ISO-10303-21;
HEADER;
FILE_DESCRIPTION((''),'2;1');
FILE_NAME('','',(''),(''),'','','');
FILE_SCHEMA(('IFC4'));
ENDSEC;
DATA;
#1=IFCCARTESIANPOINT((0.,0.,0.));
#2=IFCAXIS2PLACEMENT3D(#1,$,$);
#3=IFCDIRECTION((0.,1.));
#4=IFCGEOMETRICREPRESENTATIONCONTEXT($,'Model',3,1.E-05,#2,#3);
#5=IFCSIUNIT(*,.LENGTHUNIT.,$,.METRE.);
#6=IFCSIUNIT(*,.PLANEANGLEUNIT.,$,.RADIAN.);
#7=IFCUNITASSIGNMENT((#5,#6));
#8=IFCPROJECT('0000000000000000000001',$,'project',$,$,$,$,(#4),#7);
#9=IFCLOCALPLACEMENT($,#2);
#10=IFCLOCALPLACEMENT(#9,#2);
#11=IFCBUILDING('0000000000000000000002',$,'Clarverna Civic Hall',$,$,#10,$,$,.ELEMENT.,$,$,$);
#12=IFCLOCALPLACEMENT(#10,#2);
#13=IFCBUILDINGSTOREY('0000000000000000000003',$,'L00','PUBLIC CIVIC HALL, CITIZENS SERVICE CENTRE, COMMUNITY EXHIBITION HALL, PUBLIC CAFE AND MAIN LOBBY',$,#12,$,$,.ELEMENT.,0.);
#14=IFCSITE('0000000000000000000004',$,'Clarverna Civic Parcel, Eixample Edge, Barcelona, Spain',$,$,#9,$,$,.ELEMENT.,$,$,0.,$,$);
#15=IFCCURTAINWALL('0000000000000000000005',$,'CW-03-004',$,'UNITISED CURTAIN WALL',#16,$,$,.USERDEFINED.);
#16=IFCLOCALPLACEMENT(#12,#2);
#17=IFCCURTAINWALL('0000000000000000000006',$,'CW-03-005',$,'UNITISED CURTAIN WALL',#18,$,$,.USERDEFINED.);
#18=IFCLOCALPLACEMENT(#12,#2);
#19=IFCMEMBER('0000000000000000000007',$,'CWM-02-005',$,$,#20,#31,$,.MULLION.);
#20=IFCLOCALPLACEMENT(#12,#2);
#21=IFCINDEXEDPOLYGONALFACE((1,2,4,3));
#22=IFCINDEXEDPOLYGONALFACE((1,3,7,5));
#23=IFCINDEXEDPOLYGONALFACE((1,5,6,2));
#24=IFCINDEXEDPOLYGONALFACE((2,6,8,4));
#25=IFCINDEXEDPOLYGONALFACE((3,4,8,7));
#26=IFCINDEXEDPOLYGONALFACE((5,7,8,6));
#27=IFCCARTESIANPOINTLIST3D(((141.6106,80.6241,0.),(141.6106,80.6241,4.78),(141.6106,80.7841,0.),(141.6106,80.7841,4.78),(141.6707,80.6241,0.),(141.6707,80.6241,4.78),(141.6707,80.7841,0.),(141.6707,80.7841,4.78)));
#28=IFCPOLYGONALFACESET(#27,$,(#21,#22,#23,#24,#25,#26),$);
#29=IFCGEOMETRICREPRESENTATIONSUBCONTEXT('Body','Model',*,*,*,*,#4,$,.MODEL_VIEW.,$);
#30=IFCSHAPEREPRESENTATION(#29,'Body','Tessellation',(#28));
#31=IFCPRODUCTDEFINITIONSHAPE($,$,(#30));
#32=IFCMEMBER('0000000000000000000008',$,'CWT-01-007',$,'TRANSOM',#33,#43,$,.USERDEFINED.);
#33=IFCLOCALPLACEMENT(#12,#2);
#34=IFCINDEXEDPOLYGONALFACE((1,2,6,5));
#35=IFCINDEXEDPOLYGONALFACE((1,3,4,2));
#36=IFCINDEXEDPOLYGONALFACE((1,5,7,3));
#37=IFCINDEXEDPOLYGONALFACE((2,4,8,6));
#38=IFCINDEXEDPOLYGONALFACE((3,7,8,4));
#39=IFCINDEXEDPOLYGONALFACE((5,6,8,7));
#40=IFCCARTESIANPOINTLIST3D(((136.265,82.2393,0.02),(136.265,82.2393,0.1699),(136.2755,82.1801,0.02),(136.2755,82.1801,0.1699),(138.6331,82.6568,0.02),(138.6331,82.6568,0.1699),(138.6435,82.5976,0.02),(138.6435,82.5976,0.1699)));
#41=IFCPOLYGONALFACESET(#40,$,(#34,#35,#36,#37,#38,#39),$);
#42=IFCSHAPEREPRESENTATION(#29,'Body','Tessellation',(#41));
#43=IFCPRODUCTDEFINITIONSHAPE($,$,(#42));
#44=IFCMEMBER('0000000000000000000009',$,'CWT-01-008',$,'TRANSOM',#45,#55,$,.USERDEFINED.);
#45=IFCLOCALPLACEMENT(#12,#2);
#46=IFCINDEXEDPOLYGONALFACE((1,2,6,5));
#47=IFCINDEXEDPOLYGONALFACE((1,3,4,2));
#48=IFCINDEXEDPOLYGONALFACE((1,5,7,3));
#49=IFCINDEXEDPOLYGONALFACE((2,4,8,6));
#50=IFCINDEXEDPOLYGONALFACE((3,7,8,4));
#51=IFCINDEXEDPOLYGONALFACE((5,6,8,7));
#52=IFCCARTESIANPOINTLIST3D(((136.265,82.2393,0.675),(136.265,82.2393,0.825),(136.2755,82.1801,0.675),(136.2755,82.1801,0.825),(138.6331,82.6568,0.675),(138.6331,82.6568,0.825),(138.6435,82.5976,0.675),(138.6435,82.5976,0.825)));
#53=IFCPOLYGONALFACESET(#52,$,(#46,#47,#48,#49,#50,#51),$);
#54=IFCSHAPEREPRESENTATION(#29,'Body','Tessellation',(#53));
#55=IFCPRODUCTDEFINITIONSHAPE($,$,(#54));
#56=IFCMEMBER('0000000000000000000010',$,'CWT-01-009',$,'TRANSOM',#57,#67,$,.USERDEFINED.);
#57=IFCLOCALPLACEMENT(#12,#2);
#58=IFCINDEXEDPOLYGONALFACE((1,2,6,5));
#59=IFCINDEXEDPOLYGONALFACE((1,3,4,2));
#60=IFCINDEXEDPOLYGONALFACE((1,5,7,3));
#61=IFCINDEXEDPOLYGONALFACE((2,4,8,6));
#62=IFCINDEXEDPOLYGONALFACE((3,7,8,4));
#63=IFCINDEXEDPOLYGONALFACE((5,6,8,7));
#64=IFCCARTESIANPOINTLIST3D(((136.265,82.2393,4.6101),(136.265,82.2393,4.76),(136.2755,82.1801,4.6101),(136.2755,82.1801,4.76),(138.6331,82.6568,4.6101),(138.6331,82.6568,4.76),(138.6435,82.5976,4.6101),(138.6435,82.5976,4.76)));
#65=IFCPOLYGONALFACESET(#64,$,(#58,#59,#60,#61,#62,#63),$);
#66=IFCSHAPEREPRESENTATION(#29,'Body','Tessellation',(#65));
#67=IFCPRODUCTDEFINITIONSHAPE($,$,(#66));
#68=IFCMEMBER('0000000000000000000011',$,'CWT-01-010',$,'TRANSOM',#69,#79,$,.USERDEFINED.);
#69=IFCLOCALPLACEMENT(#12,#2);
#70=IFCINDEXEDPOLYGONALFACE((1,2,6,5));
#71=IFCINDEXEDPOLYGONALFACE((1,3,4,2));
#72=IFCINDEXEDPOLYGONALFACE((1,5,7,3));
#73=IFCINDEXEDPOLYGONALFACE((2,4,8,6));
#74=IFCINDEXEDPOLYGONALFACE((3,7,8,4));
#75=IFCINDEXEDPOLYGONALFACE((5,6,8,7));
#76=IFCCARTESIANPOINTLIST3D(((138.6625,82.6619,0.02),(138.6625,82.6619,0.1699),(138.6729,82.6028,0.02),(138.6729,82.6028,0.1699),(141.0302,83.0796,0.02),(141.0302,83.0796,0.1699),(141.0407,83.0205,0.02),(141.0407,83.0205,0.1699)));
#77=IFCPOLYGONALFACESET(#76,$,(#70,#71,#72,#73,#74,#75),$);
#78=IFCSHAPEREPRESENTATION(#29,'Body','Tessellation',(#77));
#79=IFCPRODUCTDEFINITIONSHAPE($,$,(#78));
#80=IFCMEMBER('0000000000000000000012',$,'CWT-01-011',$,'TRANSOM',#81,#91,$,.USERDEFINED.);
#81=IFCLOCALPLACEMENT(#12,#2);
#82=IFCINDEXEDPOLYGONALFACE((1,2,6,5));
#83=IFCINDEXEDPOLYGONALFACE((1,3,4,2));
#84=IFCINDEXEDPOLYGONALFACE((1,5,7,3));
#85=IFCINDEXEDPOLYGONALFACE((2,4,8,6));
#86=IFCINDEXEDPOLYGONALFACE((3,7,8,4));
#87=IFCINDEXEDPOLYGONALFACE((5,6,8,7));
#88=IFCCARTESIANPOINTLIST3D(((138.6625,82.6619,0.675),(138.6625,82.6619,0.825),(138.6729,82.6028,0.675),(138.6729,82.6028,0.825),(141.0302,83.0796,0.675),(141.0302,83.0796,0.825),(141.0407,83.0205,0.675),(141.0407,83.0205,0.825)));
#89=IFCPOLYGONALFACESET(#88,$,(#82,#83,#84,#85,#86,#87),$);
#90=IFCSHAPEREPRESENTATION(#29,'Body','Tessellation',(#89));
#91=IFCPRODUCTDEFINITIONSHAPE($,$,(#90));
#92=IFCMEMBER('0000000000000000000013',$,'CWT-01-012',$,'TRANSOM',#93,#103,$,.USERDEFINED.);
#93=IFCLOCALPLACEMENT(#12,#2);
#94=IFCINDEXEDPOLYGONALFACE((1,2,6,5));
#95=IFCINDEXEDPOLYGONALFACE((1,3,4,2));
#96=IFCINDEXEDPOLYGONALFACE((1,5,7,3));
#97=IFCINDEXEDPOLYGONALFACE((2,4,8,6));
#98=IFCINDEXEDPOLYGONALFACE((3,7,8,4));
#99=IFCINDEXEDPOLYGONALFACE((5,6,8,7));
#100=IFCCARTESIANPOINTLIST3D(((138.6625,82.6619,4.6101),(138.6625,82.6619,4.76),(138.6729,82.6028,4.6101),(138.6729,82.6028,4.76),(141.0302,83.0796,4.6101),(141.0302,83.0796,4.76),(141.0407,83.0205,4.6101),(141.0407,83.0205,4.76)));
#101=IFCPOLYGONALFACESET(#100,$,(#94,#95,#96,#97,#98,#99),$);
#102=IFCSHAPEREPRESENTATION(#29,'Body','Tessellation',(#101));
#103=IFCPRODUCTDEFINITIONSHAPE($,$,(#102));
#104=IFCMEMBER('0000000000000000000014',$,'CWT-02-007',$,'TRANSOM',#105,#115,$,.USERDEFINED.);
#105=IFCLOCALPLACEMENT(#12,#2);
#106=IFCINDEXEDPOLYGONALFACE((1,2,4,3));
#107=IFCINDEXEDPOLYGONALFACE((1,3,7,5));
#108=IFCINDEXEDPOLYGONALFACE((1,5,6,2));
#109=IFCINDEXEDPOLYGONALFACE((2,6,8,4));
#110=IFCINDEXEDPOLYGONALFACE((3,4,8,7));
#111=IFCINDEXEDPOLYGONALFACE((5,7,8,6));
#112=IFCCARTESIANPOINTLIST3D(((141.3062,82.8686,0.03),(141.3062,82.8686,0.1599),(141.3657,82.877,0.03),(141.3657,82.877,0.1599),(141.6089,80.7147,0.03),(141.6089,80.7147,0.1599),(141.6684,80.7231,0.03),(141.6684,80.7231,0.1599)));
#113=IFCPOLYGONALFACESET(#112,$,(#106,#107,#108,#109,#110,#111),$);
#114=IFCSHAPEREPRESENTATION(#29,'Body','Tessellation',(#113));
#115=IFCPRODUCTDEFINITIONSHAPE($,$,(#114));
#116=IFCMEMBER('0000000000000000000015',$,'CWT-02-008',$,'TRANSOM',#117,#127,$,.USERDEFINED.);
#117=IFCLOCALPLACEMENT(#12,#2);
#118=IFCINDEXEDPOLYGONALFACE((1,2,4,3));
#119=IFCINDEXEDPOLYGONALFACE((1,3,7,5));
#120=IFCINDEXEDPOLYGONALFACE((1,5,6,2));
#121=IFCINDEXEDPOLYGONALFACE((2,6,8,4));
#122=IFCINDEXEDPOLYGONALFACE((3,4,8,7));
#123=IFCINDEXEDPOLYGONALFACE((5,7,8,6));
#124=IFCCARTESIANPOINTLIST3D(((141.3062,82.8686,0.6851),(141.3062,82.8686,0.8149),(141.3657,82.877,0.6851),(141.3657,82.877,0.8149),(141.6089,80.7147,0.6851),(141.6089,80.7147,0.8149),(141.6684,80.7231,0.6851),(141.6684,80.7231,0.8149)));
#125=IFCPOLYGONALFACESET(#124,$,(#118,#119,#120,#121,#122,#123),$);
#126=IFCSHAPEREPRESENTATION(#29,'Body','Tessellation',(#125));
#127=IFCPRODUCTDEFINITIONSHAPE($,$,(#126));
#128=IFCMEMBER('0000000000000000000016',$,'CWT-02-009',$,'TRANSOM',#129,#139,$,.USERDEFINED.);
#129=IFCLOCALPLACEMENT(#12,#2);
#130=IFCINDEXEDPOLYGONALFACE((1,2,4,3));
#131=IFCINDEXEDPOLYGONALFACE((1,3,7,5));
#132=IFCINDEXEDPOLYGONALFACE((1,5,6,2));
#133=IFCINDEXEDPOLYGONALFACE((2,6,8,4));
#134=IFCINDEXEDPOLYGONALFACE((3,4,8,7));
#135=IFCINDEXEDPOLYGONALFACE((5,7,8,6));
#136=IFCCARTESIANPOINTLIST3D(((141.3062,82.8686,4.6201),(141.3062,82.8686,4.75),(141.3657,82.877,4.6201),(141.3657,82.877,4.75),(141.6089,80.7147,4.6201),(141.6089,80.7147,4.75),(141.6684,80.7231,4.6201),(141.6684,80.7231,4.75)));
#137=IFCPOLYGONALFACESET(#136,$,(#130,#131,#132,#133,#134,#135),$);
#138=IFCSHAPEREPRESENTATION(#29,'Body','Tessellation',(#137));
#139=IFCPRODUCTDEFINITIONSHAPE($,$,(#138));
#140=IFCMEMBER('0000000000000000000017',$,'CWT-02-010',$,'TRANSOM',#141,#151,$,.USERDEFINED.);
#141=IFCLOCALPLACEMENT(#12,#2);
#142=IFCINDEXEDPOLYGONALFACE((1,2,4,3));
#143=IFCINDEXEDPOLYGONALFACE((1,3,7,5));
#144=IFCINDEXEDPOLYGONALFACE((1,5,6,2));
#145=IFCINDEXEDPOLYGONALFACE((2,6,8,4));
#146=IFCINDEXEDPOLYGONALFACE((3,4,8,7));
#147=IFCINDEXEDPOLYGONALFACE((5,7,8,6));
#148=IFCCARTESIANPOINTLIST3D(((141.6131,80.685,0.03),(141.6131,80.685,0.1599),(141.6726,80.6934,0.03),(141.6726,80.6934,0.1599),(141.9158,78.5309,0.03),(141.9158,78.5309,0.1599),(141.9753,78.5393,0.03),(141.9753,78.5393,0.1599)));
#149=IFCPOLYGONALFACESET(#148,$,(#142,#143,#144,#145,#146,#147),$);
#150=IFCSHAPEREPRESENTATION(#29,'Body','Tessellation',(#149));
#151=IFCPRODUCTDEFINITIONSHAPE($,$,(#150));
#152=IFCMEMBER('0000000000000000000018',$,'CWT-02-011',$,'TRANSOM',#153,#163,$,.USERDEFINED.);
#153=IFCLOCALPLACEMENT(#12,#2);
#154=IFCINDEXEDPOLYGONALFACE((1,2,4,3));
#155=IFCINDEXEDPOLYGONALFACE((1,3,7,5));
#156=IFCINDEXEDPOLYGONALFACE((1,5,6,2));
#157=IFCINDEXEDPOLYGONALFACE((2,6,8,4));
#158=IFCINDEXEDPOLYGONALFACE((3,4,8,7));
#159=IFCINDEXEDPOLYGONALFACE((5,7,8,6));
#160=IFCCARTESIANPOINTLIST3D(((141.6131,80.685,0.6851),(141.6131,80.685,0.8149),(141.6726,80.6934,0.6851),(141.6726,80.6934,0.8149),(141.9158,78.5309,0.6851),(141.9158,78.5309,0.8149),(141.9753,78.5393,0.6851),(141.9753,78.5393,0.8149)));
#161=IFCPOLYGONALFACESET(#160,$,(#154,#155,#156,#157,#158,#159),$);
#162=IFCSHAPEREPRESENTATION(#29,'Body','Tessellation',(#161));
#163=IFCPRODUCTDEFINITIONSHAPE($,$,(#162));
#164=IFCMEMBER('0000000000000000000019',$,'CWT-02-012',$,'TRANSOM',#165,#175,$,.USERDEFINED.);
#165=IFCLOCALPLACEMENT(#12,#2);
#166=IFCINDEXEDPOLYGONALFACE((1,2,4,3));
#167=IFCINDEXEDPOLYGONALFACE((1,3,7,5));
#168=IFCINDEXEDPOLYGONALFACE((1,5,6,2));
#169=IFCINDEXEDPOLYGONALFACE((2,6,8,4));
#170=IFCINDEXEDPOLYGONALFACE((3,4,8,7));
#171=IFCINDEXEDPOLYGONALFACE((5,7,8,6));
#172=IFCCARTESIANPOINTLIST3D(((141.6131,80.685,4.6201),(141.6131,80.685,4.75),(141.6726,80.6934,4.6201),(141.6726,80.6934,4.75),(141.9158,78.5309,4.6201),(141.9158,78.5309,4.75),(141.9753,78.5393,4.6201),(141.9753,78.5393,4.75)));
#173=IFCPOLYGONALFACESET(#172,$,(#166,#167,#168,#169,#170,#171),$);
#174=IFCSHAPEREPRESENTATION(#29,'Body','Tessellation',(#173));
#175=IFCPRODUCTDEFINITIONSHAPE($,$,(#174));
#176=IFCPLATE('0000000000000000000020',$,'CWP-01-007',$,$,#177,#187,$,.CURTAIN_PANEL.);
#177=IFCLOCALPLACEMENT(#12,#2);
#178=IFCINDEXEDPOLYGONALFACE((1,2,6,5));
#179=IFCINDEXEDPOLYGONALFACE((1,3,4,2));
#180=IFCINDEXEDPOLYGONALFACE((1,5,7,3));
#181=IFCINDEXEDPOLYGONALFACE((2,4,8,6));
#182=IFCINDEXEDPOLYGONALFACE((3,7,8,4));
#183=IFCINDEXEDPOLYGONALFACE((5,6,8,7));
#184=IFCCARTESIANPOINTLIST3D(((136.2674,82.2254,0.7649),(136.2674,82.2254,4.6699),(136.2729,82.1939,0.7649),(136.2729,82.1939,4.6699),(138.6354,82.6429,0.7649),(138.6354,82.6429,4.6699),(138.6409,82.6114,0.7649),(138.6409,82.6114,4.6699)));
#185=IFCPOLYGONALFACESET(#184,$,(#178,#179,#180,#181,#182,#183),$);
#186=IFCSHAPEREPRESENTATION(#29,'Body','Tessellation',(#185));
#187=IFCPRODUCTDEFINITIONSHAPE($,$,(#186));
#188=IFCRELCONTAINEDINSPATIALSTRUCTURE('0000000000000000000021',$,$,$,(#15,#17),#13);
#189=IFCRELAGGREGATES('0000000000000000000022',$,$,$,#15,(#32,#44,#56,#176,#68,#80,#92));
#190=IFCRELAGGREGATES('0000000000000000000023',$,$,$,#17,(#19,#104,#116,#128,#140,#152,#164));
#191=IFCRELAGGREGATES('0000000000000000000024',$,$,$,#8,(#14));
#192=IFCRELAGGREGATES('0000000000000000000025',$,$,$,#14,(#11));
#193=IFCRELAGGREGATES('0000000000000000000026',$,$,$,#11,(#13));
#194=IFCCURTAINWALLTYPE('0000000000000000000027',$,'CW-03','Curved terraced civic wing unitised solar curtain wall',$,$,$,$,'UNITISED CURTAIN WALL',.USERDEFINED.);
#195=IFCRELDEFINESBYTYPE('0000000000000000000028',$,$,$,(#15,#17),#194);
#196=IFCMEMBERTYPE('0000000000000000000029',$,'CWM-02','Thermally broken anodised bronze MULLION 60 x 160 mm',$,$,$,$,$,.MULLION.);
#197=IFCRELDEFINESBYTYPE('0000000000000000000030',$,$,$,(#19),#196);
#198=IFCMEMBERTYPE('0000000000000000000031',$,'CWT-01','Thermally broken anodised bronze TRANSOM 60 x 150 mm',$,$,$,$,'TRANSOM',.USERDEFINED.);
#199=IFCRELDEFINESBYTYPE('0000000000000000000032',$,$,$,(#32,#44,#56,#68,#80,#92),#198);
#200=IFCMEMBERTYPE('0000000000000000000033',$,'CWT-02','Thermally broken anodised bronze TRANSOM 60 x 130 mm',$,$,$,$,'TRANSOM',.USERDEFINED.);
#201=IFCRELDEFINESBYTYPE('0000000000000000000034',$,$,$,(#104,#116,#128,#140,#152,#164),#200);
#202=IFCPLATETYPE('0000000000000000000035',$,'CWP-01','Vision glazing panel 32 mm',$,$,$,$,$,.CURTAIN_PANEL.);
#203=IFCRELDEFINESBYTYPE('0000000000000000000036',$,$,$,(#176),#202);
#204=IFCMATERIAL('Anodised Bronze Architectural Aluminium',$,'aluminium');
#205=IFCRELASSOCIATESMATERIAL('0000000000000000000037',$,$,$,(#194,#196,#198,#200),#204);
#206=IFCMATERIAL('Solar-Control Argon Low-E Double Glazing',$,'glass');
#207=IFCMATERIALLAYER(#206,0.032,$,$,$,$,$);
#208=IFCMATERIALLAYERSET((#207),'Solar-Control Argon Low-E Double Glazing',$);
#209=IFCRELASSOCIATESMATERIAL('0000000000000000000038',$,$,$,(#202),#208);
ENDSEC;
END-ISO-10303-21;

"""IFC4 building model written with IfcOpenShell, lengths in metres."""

from ifc_helpers import new_model, si_unit, direction, frame, frame_2d, origin, origin_2d, place, context, subcontext, project, spatial, rectangle, extrude, material, layer, layer_set, material_profile, profile_set, type_object, element, aggregate, save


model = new_model("IFC4")

# Units and contexts
model_context = context("Model", 3, precision=1e-05, world=origin(), true_north=direction((0.0, 1.0)))
body_context = subcontext(model_context, "Body", "Model", "MODEL_VIEW")
ifc_project = project(units=[si_unit("LENGTHUNIT", "METRE"), si_unit("PLANEANGLEUNIT", "RADIAN")], contexts=[model_context])

# Site, building, storey
site_placement = place(None, origin())
site = spatial("IfcSite", under=ifc_project, at=site_placement, Name="Clarverna Civic Parcel, Eixample Edge, Barcelona, Spain", CompositionType="ELEMENT", RefElevation=0.0)
building_placement = place(site_placement, origin())
building = spatial("IfcBuilding", under=site, at=building_placement, Name="Clarverna Civic Hall", CompositionType="ELEMENT")
storey_placement = place(building_placement, origin())
storey = spatial("IfcBuildingStorey", under=building, at=storey_placement, Name="L00", Description="PUBLIC CIVIC HALL, CITIZENS SERVICE CENTRE, COMMUNITY EXHIBITION HALL, PUBLIC CAFE AND MAIN LOBBY", CompositionType="ELEMENT", Elevation=0.0)

# Curtain walls, member
ifc_material_1 = material(Name="Anodised Bronze Architectural Aluminium", Category="aluminium")
curtain_wall_type = type_object("IfcCurtainWallType", Name="CW-03", Description="Curved terraced civic wing unitised solar curtain wall", ElementType="UNITISED CURTAIN WALL", PredefinedType="USERDEFINED", material=ifc_material_1)
curtain_wall_1_placement = place(storey_placement, origin())
curtain_wall_1 = element("IfcCurtainWall", 1, at=curtain_wall_1_placement, inside=storey, type_object=curtain_wall_type, Name="CW-03-004", ObjectType="UNITISED CURTAIN WALL", PredefinedType="USERDEFINED")
curtain_wall_2_placement = place(storey_placement, origin())
curtain_wall_2 = element("IfcCurtainWall", 2, at=curtain_wall_2_placement, inside=storey, type_object=curtain_wall_type, Name="CW-03-005", ObjectType="UNITISED CURTAIN WALL", PredefinedType="USERDEFINED")
ifc_material_profile_1 = material_profile(ifc_material_1, rectangle(XDim=0.0601, YDim=0.1599, at=origin_2d()), Name="BRONZE 60x160")
ifc_profile_set_1 = profile_set([ifc_material_profile_1], Name="Anodised Bronze Architectural Aluminium")
member_type_1 = type_object("IfcMemberType", Name="CWM-02", Description="Thermally broken anodised bronze MULLION 60 x 160 mm", PredefinedType="MULLION", material=ifc_profile_set_1)
member_1_placement = place(storey_placement, frame((141.6406, 80.7041, 0.0), z_axis=(0.0, 0.0, 1.0), x_axis=(1.0, 0.0, 0.0)))
member_1 = element("IfcMember", 3, at=member_1_placement, type_object=member_type_1, Name="CWM-02-005", PredefinedType="MULLION", context=body_context, shape_type="SweptSolid", body=[
    extrude(rectangle(XDim=0.0601, YDim=0.1599, at=origin_2d()), origin(), (0.0, 0.0, 1.0), 4.78),
])

# Members
ifc_material_profile_2 = material_profile(ifc_material_1, rectangle(XDim=0.0601, YDim=0.1499, at=origin_2d()), Name="BRONZE 60x150")
ifc_profile_set_2 = profile_set([ifc_material_profile_2], Name="Anodised Bronze Architectural Aluminium")
member_type_2 = type_object("IfcMemberType", Name="CWT-01", Description="Thermally broken anodised bronze TRANSOM 60 x 150 mm", ElementType="TRANSOM", PredefinedType="USERDEFINED", material=ifc_profile_set_2)
member_2_placement = place(storey_placement, frame((136.2703, 82.2097, 0.095), z_axis=(0.984811, 0.173629, 0.0), x_axis=(-0.173629, 0.984811, 0.0)))
member_2 = element("IfcMember", 4, at=member_2_placement, type_object=member_type_2, Name="CWT-01-007", ObjectType="TRANSOM", PredefinedType="USERDEFINED", context=body_context, shape_type="SweptSolid", body=[
    extrude(rectangle(XDim=0.0601, YDim=0.1499, at=origin_2d()), origin(), (0.0, 0.0, 1.0), 2.4045),
])
member_3_placement = place(storey_placement, frame((136.2703, 82.2097, 0.75), z_axis=(0.984811, 0.173629, 0.0), x_axis=(-0.173629, 0.984811, 0.0)))
member_3 = element("IfcMember", 5, at=member_3_placement, type_object=member_type_2, Name="CWT-01-008", ObjectType="TRANSOM", PredefinedType="USERDEFINED", context=body_context, shape_type="SweptSolid", body=[
    extrude(rectangle(XDim=0.0601, YDim=0.1499, at=origin_2d()), origin(), (0.0, 0.0, 1.0), 2.4045),
])
member_4_placement = place(storey_placement, frame((136.2703, 82.2097, 4.6851), z_axis=(0.984811, 0.173629, 0.0), x_axis=(-0.173629, 0.984811, 0.0)))
member_4 = element("IfcMember", 6, at=member_4_placement, type_object=member_type_2, Name="CWT-01-009", ObjectType="TRANSOM", PredefinedType="USERDEFINED", context=body_context, shape_type="SweptSolid", body=[
    extrude(rectangle(XDim=0.0601, YDim=0.1499, at=origin_2d()), origin(), (0.0, 0.0, 1.0), 2.4045),
])
member_5_placement = place(storey_placement, frame((138.6677, 82.6323, 0.095), z_axis=(0.984791, 0.173745, 0.0), x_axis=(-0.173745, 0.984791, 0.0)))
member_5 = element("IfcMember", 7, at=member_5_placement, type_object=member_type_2, Name="CWT-01-010", ObjectType="TRANSOM", PredefinedType="USERDEFINED", context=body_context, shape_type="SweptSolid", body=[
    extrude(rectangle(XDim=0.0601, YDim=0.1499, at=origin_2d()), origin(), (0.0, 0.0, 1.0), 2.4043),
])
member_6_placement = place(storey_placement, frame((138.6677, 82.6323, 0.75), z_axis=(0.984791, 0.173745, 0.0), x_axis=(-0.173745, 0.984791, 0.0)))
member_6 = element("IfcMember", 8, at=member_6_placement, type_object=member_type_2, Name="CWT-01-011", ObjectType="TRANSOM", PredefinedType="USERDEFINED", context=body_context, shape_type="SweptSolid", body=[
    extrude(rectangle(XDim=0.0601, YDim=0.1499, at=origin_2d()), origin(), (0.0, 0.0, 1.0), 2.4043),
])
member_7_placement = place(storey_placement, frame((138.6677, 82.6323, 4.6851), z_axis=(0.984791, 0.173745, 0.0), x_axis=(-0.173745, 0.984791, 0.0)))
member_7 = element("IfcMember", 9, at=member_7_placement, type_object=member_type_2, Name="CWT-01-012", ObjectType="TRANSOM", PredefinedType="USERDEFINED", context=body_context, shape_type="SweptSolid", body=[
    extrude(rectangle(XDim=0.0601, YDim=0.1499, at=origin_2d()), origin(), (0.0, 0.0, 1.0), 2.4043),
])
ifc_material_profile_3 = material_profile(ifc_material_1, rectangle(XDim=0.0601, YDim=0.1299, at=origin_2d()), Name="BRONZE 60x130")
ifc_profile_set_3 = profile_set([ifc_material_profile_3], Name="Anodised Bronze Architectural Aluminium")
member_type_3 = type_object("IfcMemberType", Name="CWT-02", Description="Thermally broken anodised bronze TRANSOM 60 x 130 mm", ElementType="TRANSOM", PredefinedType="USERDEFINED", material=ifc_profile_set_3)
member_8_placement = place(storey_placement, frame((141.3359, 82.8728, 0.095), z_axis=(0.139189, -0.990266, 0.0), x_axis=(0.990266, 0.139189, 0.0)))
member_8 = element("IfcMember", 10, at=member_8_placement, type_object=member_type_3, Name="CWT-02-007", ObjectType="TRANSOM", PredefinedType="USERDEFINED", context=body_context, shape_type="SweptSolid", body=[
    extrude(rectangle(XDim=0.0601, YDim=0.1299, at=origin_2d()), origin(), (0.0, 0.0, 1.0), 2.175),
])
member_9_placement = place(storey_placement, frame((141.3359, 82.8728, 0.75), z_axis=(0.139189, -0.990266, 0.0), x_axis=(0.990266, 0.139189, 0.0)))
member_9 = element("IfcMember", 11, at=member_9_placement, type_object=member_type_3, Name="CWT-02-008", ObjectType="TRANSOM", PredefinedType="USERDEFINED", context=body_context, shape_type="SweptSolid", body=[
    extrude(rectangle(XDim=0.0601, YDim=0.1299, at=origin_2d()), origin(), (0.0, 0.0, 1.0), 2.175),
])
member_10_placement = place(storey_placement, frame((141.3359, 82.8728, 4.6851), z_axis=(0.139189, -0.990266, 0.0), x_axis=(0.990266, 0.139189, 0.0)))
member_10 = element("IfcMember", 12, at=member_10_placement, type_object=member_type_3, Name="CWT-02-009", ObjectType="TRANSOM", PredefinedType="USERDEFINED", context=body_context, shape_type="SweptSolid", body=[
    extrude(rectangle(XDim=0.0601, YDim=0.1299, at=origin_2d()), origin(), (0.0, 0.0, 1.0), 2.175),
])
member_11_placement = place(storey_placement, frame((141.6428, 80.6892, 0.095), z_axis=(0.139174, -0.990268, 0.0), x_axis=(0.990268, 0.139174, 0.0)))
member_11 = element("IfcMember", 13, at=member_11_placement, type_object=member_type_3, Name="CWT-02-010", ObjectType="TRANSOM", PredefinedType="USERDEFINED", context=body_context, shape_type="SweptSolid", body=[
    extrude(rectangle(XDim=0.0601, YDim=0.1299, at=origin_2d()), origin(), (0.0, 0.0, 1.0), 2.1753),
])
member_12_placement = place(storey_placement, frame((141.6428, 80.6892, 0.75), z_axis=(0.139174, -0.990268, 0.0), x_axis=(0.990268, 0.139174, 0.0)))
member_12 = element("IfcMember", 14, at=member_12_placement, type_object=member_type_3, Name="CWT-02-011", ObjectType="TRANSOM", PredefinedType="USERDEFINED", context=body_context, shape_type="SweptSolid", body=[
    extrude(rectangle(XDim=0.0601, YDim=0.1299, at=origin_2d()), origin(), (0.0, 0.0, 1.0), 2.1753),
])
member_13_placement = place(storey_placement, frame((141.6428, 80.6892, 4.6851), z_axis=(0.139174, -0.990268, 0.0), x_axis=(0.990268, 0.139174, 0.0)))
member_13 = element("IfcMember", 15, at=member_13_placement, type_object=member_type_3, Name="CWT-02-012", ObjectType="TRANSOM", PredefinedType="USERDEFINED", context=body_context, shape_type="SweptSolid", body=[
    extrude(rectangle(XDim=0.0601, YDim=0.1299, at=origin_2d()), origin(), (0.0, 0.0, 1.0), 2.1753),
])

# Plate
ifc_material_2 = material(Name="Solar-Control Argon Low-E Double Glazing", Category="glass")
ifc_layer_1 = layer(ifc_material_2, 0.032)
ifc_layer_set_1 = layer_set([ifc_layer_1], Name="Solar-Control Argon Low-E Double Glazing")
plate_type_1 = type_object("IfcPlateType", Name="CWP-01", Description="Vision glazing panel 32 mm", PredefinedType="CURTAIN_PANEL", material=ifc_layer_set_1)
plate_1_placement = place(storey_placement, frame((136.2703, 82.2097, 0.7649), z_axis=(0.0, 0.0, 1.0), x_axis=(0.984811, 0.173629, 0.0)))
plate_1 = element("IfcPlate", 16, at=plate_1_placement, type_object=plate_type_1, Name="CWP-01-007", PredefinedType="CURTAIN_PANEL", context=body_context, shape_type="SweptSolid", body=[
    extrude(rectangle(XDim=2.4045, YDim=0.032, at=frame_2d((1.2021, 0.0))), origin(), (0.0, 0.0, 1.0), 3.905),
])
aggregate(curtain_wall_1, [member_2, member_3, member_4, plate_1, member_5, member_6, member_7])
aggregate(curtain_wall_2, [member_1, member_8, member_9, member_10, member_11, member_12, member_13])

save(model, "model.ifc")
